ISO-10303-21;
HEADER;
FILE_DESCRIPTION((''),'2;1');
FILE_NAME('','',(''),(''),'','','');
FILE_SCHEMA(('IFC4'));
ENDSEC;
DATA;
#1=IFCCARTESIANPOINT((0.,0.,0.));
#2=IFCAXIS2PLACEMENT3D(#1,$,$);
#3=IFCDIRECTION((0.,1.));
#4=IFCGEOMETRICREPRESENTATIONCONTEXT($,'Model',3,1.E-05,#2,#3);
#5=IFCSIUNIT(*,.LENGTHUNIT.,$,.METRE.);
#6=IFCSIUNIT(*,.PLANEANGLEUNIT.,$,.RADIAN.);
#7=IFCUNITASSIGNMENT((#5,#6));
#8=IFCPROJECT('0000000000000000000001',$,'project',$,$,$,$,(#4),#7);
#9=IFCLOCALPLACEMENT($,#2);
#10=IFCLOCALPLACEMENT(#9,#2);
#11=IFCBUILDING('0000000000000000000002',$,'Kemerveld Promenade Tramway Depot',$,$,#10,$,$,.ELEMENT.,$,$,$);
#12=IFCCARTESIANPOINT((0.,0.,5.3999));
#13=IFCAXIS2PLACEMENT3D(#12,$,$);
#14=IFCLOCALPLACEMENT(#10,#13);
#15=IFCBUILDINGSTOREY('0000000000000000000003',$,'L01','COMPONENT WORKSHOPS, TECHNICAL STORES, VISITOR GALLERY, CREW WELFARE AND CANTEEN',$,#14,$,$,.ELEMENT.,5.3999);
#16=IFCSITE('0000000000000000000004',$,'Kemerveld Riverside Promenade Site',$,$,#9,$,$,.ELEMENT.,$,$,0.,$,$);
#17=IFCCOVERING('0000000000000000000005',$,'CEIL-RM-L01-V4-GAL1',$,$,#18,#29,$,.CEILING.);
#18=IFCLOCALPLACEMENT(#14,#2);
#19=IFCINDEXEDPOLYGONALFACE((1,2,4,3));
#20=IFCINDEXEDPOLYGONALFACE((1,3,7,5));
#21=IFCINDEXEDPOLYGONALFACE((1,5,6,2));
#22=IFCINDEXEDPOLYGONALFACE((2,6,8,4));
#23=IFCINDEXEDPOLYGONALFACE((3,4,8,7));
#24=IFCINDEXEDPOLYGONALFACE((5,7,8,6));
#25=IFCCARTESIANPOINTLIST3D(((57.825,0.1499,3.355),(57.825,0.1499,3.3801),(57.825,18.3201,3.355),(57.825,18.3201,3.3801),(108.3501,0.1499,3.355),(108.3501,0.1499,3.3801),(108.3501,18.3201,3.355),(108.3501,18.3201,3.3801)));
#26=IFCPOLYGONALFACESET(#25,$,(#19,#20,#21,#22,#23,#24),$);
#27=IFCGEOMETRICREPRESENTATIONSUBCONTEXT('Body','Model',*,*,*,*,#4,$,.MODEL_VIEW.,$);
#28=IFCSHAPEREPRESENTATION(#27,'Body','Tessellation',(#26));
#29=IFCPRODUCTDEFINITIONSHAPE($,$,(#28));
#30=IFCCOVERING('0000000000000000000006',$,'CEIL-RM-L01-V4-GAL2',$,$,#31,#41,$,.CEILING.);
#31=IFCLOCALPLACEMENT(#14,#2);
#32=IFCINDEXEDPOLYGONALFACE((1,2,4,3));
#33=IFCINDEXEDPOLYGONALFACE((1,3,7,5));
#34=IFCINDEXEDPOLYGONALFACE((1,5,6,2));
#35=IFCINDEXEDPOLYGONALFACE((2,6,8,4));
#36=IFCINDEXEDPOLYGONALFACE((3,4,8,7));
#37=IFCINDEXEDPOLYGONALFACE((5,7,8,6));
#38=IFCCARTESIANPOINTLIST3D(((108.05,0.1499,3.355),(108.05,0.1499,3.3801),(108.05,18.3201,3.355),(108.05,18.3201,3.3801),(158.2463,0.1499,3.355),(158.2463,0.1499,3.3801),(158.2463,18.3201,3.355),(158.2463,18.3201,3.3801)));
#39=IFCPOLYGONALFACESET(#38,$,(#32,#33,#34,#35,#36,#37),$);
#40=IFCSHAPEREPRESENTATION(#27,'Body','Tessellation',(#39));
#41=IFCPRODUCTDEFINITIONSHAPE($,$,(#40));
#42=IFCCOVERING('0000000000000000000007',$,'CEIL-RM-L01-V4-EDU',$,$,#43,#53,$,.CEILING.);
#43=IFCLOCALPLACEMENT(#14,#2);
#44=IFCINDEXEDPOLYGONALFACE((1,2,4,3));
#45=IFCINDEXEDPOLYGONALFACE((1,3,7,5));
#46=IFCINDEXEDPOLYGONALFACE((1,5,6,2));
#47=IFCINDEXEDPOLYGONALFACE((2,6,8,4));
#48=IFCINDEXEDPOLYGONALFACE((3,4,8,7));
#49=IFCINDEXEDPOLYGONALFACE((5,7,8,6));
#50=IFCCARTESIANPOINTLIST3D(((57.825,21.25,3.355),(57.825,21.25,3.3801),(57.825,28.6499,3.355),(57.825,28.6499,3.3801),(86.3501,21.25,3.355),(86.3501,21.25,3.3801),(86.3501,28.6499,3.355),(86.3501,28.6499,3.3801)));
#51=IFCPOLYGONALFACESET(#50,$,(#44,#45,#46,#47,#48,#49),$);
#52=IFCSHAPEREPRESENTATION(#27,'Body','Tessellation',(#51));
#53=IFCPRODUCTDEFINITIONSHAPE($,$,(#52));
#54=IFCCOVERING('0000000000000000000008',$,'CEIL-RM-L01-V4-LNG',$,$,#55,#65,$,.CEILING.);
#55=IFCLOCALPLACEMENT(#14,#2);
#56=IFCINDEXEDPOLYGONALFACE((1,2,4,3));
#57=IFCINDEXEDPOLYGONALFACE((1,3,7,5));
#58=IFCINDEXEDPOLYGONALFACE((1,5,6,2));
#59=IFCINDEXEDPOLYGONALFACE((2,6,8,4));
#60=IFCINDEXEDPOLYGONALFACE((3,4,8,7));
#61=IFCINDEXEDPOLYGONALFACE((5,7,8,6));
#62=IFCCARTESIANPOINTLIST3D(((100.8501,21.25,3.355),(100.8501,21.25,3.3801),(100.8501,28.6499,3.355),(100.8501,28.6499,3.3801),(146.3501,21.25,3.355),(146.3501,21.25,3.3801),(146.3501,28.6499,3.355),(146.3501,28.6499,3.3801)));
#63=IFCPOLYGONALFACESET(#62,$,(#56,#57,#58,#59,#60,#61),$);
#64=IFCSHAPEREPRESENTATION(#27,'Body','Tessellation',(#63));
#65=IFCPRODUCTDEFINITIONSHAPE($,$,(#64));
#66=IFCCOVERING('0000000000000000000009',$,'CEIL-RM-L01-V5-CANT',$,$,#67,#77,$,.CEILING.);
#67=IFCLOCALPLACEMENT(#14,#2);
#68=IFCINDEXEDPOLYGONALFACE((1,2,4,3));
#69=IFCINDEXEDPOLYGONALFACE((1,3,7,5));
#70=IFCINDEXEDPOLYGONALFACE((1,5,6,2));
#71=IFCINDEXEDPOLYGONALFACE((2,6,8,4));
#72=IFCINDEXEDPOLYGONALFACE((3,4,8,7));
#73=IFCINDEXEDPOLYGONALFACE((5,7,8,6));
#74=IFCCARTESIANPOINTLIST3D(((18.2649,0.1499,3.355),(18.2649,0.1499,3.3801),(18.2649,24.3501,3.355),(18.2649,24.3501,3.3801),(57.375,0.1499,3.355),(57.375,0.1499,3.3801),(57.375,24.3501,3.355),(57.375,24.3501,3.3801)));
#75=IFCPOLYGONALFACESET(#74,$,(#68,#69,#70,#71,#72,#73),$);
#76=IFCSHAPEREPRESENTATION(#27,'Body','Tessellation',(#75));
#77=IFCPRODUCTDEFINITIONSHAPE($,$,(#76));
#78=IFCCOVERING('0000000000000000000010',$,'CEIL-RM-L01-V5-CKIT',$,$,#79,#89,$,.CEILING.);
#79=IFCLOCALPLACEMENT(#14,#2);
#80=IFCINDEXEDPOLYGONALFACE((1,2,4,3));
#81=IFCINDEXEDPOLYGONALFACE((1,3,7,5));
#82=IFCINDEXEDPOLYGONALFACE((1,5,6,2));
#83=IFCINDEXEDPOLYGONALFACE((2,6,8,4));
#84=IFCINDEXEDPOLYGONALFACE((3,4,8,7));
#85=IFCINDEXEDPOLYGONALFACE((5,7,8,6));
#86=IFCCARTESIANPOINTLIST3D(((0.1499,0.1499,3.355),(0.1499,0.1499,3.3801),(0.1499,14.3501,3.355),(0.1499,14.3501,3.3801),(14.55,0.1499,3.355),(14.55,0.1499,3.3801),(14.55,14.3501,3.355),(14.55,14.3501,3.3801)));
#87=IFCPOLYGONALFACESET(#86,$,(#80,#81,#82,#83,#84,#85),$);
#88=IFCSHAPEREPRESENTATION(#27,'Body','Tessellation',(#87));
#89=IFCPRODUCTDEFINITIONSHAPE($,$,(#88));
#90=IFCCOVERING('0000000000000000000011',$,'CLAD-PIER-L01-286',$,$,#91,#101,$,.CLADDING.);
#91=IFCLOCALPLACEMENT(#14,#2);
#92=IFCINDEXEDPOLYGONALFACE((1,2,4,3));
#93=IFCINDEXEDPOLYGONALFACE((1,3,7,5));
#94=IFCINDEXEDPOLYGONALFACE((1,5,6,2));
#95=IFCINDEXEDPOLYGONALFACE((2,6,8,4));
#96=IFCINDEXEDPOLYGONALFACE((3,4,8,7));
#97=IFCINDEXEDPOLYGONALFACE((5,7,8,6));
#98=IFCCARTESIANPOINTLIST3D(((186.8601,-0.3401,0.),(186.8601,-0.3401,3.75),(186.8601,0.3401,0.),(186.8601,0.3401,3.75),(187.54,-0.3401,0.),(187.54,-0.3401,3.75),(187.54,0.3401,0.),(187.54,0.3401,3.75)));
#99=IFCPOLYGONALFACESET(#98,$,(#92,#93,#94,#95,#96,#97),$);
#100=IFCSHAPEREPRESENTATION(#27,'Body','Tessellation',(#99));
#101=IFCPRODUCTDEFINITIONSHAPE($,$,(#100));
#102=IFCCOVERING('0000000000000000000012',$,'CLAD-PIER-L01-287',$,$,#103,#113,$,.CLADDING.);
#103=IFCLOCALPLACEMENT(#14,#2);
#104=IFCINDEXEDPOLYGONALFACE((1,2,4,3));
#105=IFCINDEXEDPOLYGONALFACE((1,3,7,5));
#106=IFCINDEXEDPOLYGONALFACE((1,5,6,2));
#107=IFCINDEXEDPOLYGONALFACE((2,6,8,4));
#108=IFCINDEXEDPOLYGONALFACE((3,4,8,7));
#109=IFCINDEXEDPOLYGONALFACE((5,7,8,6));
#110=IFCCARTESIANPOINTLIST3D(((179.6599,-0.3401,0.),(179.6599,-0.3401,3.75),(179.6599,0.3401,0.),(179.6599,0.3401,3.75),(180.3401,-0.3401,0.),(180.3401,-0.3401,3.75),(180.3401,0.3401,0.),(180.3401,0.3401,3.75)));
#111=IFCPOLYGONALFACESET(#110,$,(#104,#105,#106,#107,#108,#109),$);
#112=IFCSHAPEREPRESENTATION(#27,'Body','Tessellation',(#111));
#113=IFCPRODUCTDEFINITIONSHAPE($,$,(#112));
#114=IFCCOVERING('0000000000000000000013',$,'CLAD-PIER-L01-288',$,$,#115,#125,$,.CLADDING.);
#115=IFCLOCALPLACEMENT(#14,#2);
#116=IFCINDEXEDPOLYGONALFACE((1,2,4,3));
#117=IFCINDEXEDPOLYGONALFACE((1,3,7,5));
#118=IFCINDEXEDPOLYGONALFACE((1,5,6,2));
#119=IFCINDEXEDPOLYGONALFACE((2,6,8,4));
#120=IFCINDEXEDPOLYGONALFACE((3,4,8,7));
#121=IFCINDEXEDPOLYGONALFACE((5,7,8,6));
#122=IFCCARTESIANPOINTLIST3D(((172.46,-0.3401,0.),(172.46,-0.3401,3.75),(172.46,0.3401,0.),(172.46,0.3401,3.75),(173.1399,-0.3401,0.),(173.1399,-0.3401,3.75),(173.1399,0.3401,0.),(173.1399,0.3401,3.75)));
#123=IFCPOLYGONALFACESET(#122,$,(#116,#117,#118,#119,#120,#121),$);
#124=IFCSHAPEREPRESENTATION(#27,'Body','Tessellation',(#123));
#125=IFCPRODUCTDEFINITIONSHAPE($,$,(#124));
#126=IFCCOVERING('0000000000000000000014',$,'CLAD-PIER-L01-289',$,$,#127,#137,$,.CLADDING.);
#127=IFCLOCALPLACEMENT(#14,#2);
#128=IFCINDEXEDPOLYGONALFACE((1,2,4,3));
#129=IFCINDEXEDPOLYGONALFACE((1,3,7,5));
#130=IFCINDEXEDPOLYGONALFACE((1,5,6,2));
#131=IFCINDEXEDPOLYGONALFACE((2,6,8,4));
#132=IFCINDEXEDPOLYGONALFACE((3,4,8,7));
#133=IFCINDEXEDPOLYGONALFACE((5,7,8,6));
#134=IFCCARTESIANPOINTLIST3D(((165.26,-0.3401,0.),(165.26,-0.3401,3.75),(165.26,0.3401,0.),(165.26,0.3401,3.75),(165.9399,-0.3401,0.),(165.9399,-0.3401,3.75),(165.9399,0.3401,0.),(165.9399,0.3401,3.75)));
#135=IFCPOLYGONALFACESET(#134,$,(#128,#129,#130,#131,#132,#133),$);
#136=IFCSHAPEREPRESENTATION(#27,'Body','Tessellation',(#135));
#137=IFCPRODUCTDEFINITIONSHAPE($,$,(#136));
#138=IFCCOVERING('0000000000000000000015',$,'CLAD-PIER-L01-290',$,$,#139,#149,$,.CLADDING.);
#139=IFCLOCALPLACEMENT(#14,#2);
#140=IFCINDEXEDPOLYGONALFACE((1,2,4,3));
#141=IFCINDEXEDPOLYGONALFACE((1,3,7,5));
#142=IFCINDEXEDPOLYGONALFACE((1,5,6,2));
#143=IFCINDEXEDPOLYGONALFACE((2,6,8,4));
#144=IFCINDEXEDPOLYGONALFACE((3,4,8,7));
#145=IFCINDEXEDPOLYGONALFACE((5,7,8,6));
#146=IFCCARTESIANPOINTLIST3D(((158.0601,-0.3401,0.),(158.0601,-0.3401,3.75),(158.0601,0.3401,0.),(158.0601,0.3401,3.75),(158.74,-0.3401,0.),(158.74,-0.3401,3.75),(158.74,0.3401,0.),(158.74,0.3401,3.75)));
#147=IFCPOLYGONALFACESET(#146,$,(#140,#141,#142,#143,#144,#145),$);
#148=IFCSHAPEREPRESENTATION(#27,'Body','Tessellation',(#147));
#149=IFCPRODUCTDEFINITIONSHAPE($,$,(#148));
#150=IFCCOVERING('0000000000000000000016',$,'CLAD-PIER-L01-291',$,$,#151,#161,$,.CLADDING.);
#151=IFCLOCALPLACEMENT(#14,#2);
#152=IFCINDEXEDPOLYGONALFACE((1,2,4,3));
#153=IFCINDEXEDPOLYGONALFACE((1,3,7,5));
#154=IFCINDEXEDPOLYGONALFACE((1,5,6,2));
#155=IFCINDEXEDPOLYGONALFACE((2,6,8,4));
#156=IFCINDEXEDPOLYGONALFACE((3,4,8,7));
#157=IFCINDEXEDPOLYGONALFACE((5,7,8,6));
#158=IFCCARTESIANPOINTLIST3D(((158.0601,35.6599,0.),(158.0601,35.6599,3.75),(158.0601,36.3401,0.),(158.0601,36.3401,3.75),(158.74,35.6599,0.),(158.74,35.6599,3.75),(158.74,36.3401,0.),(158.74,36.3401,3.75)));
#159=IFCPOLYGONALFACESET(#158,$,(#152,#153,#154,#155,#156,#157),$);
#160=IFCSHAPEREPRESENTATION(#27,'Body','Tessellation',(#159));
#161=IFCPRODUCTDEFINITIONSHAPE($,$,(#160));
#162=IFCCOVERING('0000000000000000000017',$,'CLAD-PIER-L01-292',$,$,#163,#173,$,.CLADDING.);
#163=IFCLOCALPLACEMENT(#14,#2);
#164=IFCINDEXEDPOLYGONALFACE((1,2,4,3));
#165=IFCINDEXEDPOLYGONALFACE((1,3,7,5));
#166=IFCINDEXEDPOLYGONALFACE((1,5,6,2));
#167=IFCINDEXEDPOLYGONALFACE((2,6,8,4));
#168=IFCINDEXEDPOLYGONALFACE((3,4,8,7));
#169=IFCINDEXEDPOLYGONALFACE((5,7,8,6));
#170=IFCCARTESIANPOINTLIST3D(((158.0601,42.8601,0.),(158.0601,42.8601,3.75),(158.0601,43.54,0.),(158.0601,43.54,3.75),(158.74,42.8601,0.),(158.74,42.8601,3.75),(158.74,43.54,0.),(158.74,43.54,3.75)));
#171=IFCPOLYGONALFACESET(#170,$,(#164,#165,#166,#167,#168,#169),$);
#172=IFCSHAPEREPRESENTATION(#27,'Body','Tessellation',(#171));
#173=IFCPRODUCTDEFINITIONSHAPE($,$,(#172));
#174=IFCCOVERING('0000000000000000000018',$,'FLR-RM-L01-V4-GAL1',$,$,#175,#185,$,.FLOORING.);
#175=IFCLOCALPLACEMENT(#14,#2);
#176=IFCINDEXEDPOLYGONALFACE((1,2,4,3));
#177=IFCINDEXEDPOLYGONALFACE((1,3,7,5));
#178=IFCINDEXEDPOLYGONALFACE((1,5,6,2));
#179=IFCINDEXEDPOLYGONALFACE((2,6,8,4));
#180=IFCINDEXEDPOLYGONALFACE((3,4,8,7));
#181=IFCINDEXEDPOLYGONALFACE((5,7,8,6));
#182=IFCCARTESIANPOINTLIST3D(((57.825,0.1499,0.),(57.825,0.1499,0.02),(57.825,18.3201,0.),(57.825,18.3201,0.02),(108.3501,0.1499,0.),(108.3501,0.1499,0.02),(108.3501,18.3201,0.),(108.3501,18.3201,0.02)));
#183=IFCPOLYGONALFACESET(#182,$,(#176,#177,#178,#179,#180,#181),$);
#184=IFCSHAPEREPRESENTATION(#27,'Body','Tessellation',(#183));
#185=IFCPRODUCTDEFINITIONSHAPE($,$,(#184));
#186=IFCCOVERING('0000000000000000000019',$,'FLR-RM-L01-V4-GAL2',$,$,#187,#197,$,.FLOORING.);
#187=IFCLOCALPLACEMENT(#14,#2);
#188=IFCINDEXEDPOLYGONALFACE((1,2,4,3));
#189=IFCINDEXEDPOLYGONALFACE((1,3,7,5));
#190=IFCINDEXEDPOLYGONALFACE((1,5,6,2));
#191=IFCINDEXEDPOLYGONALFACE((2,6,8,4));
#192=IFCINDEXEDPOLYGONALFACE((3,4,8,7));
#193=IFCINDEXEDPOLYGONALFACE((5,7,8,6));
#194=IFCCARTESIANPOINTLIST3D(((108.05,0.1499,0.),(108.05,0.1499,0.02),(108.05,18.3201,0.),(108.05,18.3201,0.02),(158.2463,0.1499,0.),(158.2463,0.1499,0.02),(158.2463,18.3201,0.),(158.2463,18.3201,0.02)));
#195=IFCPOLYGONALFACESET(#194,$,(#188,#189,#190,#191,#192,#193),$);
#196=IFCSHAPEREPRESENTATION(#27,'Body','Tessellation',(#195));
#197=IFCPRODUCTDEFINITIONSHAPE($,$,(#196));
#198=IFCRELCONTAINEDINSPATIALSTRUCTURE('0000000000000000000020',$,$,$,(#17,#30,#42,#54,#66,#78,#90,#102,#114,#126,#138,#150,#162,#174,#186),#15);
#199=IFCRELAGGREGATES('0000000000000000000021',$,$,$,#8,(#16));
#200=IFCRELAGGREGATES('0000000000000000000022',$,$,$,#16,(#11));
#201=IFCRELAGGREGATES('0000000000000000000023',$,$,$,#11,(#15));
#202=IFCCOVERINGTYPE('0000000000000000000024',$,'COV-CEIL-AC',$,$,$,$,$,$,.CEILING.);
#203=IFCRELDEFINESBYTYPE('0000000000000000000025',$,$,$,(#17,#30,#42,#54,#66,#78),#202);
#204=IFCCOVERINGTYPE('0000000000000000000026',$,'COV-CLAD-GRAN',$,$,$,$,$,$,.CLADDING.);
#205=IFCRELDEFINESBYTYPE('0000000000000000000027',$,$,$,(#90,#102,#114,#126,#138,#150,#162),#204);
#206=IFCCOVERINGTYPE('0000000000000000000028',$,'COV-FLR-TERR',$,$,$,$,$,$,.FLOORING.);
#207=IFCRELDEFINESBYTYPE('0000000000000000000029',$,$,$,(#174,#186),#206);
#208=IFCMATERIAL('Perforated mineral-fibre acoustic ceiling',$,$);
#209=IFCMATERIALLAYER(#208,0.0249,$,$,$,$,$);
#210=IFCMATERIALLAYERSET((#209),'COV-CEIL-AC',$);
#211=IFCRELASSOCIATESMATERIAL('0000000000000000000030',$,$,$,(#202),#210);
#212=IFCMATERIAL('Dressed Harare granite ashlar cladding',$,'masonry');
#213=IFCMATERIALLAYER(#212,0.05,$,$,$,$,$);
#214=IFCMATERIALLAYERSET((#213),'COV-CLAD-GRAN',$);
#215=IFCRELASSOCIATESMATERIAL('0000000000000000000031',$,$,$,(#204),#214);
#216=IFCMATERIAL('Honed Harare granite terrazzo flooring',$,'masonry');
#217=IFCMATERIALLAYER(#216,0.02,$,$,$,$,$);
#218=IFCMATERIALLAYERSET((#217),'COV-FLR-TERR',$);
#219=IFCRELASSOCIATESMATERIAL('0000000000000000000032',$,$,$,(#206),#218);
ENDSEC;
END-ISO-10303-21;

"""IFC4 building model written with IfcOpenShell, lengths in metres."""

from ifc_helpers import new_model, si_unit, direction, frame, origin, place, context, subcontext, project, spatial, polyline, outline, extrude, material, layer, layer_set, type_object, element, save


model = new_model("IFC4")

# Units and contexts
model_context = context("Model", 3, precision=1e-05, world=origin(), true_north=direction((0.0, 1.0)))
body_context = subcontext(model_context, "Body", "Model", "MODEL_VIEW")
ifc_project = project(units=[si_unit("LENGTHUNIT", "METRE"), si_unit("PLANEANGLEUNIT", "RADIAN")], contexts=[model_context])

# Site, building, storey
site_placement = place(None, origin())
site = spatial("IfcSite", under=ifc_project, at=site_placement, Name="Kemerveld Riverside Promenade Site", CompositionType="ELEMENT", RefElevation=0.0)
building_placement = place(site_placement, origin())
building = spatial("IfcBuilding", under=site, at=building_placement, Name="Kemerveld Promenade Tramway Depot", CompositionType="ELEMENT")
storey_placement = place(building_placement, frame((0.0, 0.0, 5.3999)))
storey = spatial("IfcBuildingStorey", under=building, at=storey_placement, Name="L01", Description="COMPONENT WORKSHOPS, TECHNICAL STORES, VISITOR GALLERY, CREW WELFARE AND CANTEEN", CompositionType="ELEMENT", Elevation=5.3999)

# Coverings
ifc_material_1 = material(Name="Perforated mineral-fibre acoustic ceiling")
ifc_layer_1 = layer(ifc_material_1, 0.0249)
ifc_layer_set_1 = layer_set([ifc_layer_1], Name="COV-CEIL-AC")
covering_type_1 = type_object("IfcCoveringType", Name="COV-CEIL-AC", PredefinedType="CEILING", material=ifc_layer_set_1)
covering_1_placement = place(storey_placement, frame((0.0, 0.0, 3.355)))
element("IfcCovering", 1, at=covering_1_placement, inside=storey, type_object=covering_type_1, Name="CEIL-RM-L01-V4-GAL1", PredefinedType="CEILING", context=body_context, shape_type="SweptSolid", body=[
    extrude(outline(polyline([(57.825, 0.1499), (108.3501, 0.1499), (108.3501, 18.3201), (57.825, 18.3201), (57.825, 0.1499)])), origin(), (0.0, 0.0, 1.0), 0.0251),
])
covering_2_placement = place(storey_placement, frame((0.0, 0.0, 3.355)))
element("IfcCovering", 2, at=covering_2_placement, inside=storey, type_object=covering_type_1, Name="CEIL-RM-L01-V4-GAL2", PredefinedType="CEILING", context=body_context, shape_type="SweptSolid", body=[
    extrude(outline(polyline([(108.05, 0.1499), (158.2463, 0.1499), (158.2463, 18.3201), (108.05, 18.3201), (108.05, 0.1499)])), origin(), (0.0, 0.0, 1.0), 0.0251),
])
covering_3_placement = place(storey_placement, frame((0.0, 0.0, 3.355)))
element("IfcCovering", 3, at=covering_3_placement, inside=storey, type_object=covering_type_1, Name="CEIL-RM-L01-V4-EDU", PredefinedType="CEILING", context=body_context, shape_type="SweptSolid", body=[
    extrude(outline(polyline([(57.825, 21.25), (86.3501, 21.25), (86.3501, 28.6499), (57.825, 28.6499), (57.825, 21.25)])), origin(), (0.0, 0.0, 1.0), 0.0251),
])
covering_4_placement = place(storey_placement, frame((0.0, 0.0, 3.355)))
element("IfcCovering", 4, at=covering_4_placement, inside=storey, type_object=covering_type_1, Name="CEIL-RM-L01-V4-LNG", PredefinedType="CEILING", context=body_context, shape_type="SweptSolid", body=[
    extrude(outline(polyline([(100.8501, 21.25), (146.3501, 21.25), (146.3501, 28.6499), (100.8501, 28.6499), (100.8501, 21.25)])), origin(), (0.0, 0.0, 1.0), 0.0251),
])
covering_5_placement = place(storey_placement, frame((0.0, 0.0, 3.355)))
element("IfcCovering", 5, at=covering_5_placement, inside=storey, type_object=covering_type_1, Name="CEIL-RM-L01-V5-CANT", PredefinedType="CEILING", context=body_context, shape_type="SweptSolid", body=[
    extrude(outline(polyline([(18.2649, 0.1499), (57.375, 0.1499), (57.375, 24.3501), (18.2649, 24.3501), (18.2649, 0.1499)])), origin(), (0.0, 0.0, 1.0), 0.0251),
])
covering_6_placement = place(storey_placement, frame((0.0, 0.0, 3.355)))
element("IfcCovering", 6, at=covering_6_placement, inside=storey, type_object=covering_type_1, Name="CEIL-RM-L01-V5-CKIT", PredefinedType="CEILING", context=body_context, shape_type="SweptSolid", body=[
    extrude(outline(polyline([(0.1499, 0.1499), (14.55, 0.1499), (14.55, 14.3501), (0.1499, 14.3501), (0.1499, 0.1499)])), origin(), (0.0, 0.0, 1.0), 0.0251),
])
ifc_material_2 = material(Name="Dressed Harare granite ashlar cladding", Category="masonry")
ifc_layer_2 = layer(ifc_material_2, 0.05)
ifc_layer_set_2 = layer_set([ifc_layer_2], Name="COV-CLAD-GRAN")
covering_type_2 = type_object("IfcCoveringType", Name="COV-CLAD-GRAN", PredefinedType="CLADDING", material=ifc_layer_set_2)
covering_7_placement = place(storey_placement, origin())
element("IfcCovering", 7, at=covering_7_placement, inside=storey, type_object=covering_type_2, Name="CLAD-PIER-L01-286", PredefinedType="CLADDING", context=body_context, shape_type="SweptSolid", body=[
    extrude(outline(polyline([(186.8601, -0.3401), (187.54, -0.3401), (187.54, 0.3401), (186.8601, 0.3401), (186.8601, -0.3401)])), origin(), (0.0, 0.0, 1.0), 3.75),
])
covering_8_placement = place(storey_placement, origin())
element("IfcCovering", 8, at=covering_8_placement, inside=storey, type_object=covering_type_2, Name="CLAD-PIER-L01-287", PredefinedType="CLADDING", context=body_context, shape_type="SweptSolid", body=[
    extrude(outline(polyline([(179.6599, -0.3401), (180.3401, -0.3401), (180.3401, 0.3401), (179.6599, 0.3401), (179.6599, -0.3401)])), origin(), (0.0, 0.0, 1.0), 3.75),
])
covering_9_placement = place(storey_placement, origin())
element("IfcCovering", 9, at=covering_9_placement, inside=storey, type_object=covering_type_2, Name="CLAD-PIER-L01-288", PredefinedType="CLADDING", context=body_context, shape_type="SweptSolid", body=[
    extrude(outline(polyline([(172.46, -0.3401), (173.1399, -0.3401), (173.1399, 0.3401), (172.46, 0.3401), (172.46, -0.3401)])), origin(), (0.0, 0.0, 1.0), 3.75),
])
covering_10_placement = place(storey_placement, origin())
element("IfcCovering", 10, at=covering_10_placement, inside=storey, type_object=covering_type_2, Name="CLAD-PIER-L01-289", PredefinedType="CLADDING", context=body_context, shape_type="SweptSolid", body=[
    extrude(outline(polyline([(165.26, -0.3401), (165.9399, -0.3401), (165.9399, 0.3401), (165.26, 0.3401), (165.26, -0.3401)])), origin(), (0.0, 0.0, 1.0), 3.75),
])
covering_11_placement = place(storey_placement, origin())
element("IfcCovering", 11, at=covering_11_placement, inside=storey, type_object=covering_type_2, Name="CLAD-PIER-L01-290", PredefinedType="CLADDING", context=body_context, shape_type="SweptSolid", body=[
    extrude(outline(polyline([(158.0601, -0.3401), (158.74, -0.3401), (158.74, 0.3401), (158.0601, 0.3401), (158.0601, -0.3401)])), origin(), (0.0, 0.0, 1.0), 3.75),
])
covering_12_placement = place(storey_placement, origin())
element("IfcCovering", 12, at=covering_12_placement, inside=storey, type_object=covering_type_2, Name="CLAD-PIER-L01-291", PredefinedType="CLADDING", context=body_context, shape_type="SweptSolid", body=[
    extrude(outline(polyline([(158.0601, 35.6599), (158.74, 35.6599), (158.74, 36.3401), (158.0601, 36.3401), (158.0601, 35.6599)])), origin(), (0.0, 0.0, 1.0), 3.75),
])
covering_13_placement = place(storey_placement, origin())
element("IfcCovering", 13, at=covering_13_placement, inside=storey, type_object=covering_type_2, Name="CLAD-PIER-L01-292", PredefinedType="CLADDING", context=body_context, shape_type="SweptSolid", body=[
    extrude(outline(polyline([(158.0601, 42.8601), (158.74, 42.8601), (158.74, 43.54), (158.0601, 43.54), (158.0601, 42.8601)])), origin(), (0.0, 0.0, 1.0), 3.75),
])
ifc_material_3 = material(Name="Honed Harare granite terrazzo flooring", Category="masonry")
ifc_layer_3 = layer(ifc_material_3, 0.02)
ifc_layer_set_3 = layer_set([ifc_layer_3], Name="COV-FLR-TERR")
covering_type_3 = type_object("IfcCoveringType", Name="COV-FLR-TERR", PredefinedType="FLOORING", material=ifc_layer_set_3)
covering_14_placement = place(storey_placement, origin())
element("IfcCovering", 14, at=covering_14_placement, inside=storey, type_object=covering_type_3, Name="FLR-RM-L01-V4-GAL1", PredefinedType="FLOORING", context=body_context, shape_type="SweptSolid", body=[
    extrude(outline(polyline([(57.825, 0.1499), (108.3501, 0.1499), (108.3501, 18.3201), (57.825, 18.3201), (57.825, 0.1499)])), origin(), (0.0, 0.0, 1.0), 0.02),
])
covering_15_placement = place(storey_placement, origin())
element("IfcCovering", 15, at=covering_15_placement, inside=storey, type_object=covering_type_3, Name="FLR-RM-L01-V4-GAL2", PredefinedType="FLOORING", context=body_context, shape_type="SweptSolid", body=[
    extrude(outline(polyline([(108.05, 0.1499), (158.2463, 0.1499), (158.2463, 18.3201), (108.05, 18.3201), (108.05, 0.1499)])), origin(), (0.0, 0.0, 1.0), 0.02),
])

save(model, "model.ifc")
